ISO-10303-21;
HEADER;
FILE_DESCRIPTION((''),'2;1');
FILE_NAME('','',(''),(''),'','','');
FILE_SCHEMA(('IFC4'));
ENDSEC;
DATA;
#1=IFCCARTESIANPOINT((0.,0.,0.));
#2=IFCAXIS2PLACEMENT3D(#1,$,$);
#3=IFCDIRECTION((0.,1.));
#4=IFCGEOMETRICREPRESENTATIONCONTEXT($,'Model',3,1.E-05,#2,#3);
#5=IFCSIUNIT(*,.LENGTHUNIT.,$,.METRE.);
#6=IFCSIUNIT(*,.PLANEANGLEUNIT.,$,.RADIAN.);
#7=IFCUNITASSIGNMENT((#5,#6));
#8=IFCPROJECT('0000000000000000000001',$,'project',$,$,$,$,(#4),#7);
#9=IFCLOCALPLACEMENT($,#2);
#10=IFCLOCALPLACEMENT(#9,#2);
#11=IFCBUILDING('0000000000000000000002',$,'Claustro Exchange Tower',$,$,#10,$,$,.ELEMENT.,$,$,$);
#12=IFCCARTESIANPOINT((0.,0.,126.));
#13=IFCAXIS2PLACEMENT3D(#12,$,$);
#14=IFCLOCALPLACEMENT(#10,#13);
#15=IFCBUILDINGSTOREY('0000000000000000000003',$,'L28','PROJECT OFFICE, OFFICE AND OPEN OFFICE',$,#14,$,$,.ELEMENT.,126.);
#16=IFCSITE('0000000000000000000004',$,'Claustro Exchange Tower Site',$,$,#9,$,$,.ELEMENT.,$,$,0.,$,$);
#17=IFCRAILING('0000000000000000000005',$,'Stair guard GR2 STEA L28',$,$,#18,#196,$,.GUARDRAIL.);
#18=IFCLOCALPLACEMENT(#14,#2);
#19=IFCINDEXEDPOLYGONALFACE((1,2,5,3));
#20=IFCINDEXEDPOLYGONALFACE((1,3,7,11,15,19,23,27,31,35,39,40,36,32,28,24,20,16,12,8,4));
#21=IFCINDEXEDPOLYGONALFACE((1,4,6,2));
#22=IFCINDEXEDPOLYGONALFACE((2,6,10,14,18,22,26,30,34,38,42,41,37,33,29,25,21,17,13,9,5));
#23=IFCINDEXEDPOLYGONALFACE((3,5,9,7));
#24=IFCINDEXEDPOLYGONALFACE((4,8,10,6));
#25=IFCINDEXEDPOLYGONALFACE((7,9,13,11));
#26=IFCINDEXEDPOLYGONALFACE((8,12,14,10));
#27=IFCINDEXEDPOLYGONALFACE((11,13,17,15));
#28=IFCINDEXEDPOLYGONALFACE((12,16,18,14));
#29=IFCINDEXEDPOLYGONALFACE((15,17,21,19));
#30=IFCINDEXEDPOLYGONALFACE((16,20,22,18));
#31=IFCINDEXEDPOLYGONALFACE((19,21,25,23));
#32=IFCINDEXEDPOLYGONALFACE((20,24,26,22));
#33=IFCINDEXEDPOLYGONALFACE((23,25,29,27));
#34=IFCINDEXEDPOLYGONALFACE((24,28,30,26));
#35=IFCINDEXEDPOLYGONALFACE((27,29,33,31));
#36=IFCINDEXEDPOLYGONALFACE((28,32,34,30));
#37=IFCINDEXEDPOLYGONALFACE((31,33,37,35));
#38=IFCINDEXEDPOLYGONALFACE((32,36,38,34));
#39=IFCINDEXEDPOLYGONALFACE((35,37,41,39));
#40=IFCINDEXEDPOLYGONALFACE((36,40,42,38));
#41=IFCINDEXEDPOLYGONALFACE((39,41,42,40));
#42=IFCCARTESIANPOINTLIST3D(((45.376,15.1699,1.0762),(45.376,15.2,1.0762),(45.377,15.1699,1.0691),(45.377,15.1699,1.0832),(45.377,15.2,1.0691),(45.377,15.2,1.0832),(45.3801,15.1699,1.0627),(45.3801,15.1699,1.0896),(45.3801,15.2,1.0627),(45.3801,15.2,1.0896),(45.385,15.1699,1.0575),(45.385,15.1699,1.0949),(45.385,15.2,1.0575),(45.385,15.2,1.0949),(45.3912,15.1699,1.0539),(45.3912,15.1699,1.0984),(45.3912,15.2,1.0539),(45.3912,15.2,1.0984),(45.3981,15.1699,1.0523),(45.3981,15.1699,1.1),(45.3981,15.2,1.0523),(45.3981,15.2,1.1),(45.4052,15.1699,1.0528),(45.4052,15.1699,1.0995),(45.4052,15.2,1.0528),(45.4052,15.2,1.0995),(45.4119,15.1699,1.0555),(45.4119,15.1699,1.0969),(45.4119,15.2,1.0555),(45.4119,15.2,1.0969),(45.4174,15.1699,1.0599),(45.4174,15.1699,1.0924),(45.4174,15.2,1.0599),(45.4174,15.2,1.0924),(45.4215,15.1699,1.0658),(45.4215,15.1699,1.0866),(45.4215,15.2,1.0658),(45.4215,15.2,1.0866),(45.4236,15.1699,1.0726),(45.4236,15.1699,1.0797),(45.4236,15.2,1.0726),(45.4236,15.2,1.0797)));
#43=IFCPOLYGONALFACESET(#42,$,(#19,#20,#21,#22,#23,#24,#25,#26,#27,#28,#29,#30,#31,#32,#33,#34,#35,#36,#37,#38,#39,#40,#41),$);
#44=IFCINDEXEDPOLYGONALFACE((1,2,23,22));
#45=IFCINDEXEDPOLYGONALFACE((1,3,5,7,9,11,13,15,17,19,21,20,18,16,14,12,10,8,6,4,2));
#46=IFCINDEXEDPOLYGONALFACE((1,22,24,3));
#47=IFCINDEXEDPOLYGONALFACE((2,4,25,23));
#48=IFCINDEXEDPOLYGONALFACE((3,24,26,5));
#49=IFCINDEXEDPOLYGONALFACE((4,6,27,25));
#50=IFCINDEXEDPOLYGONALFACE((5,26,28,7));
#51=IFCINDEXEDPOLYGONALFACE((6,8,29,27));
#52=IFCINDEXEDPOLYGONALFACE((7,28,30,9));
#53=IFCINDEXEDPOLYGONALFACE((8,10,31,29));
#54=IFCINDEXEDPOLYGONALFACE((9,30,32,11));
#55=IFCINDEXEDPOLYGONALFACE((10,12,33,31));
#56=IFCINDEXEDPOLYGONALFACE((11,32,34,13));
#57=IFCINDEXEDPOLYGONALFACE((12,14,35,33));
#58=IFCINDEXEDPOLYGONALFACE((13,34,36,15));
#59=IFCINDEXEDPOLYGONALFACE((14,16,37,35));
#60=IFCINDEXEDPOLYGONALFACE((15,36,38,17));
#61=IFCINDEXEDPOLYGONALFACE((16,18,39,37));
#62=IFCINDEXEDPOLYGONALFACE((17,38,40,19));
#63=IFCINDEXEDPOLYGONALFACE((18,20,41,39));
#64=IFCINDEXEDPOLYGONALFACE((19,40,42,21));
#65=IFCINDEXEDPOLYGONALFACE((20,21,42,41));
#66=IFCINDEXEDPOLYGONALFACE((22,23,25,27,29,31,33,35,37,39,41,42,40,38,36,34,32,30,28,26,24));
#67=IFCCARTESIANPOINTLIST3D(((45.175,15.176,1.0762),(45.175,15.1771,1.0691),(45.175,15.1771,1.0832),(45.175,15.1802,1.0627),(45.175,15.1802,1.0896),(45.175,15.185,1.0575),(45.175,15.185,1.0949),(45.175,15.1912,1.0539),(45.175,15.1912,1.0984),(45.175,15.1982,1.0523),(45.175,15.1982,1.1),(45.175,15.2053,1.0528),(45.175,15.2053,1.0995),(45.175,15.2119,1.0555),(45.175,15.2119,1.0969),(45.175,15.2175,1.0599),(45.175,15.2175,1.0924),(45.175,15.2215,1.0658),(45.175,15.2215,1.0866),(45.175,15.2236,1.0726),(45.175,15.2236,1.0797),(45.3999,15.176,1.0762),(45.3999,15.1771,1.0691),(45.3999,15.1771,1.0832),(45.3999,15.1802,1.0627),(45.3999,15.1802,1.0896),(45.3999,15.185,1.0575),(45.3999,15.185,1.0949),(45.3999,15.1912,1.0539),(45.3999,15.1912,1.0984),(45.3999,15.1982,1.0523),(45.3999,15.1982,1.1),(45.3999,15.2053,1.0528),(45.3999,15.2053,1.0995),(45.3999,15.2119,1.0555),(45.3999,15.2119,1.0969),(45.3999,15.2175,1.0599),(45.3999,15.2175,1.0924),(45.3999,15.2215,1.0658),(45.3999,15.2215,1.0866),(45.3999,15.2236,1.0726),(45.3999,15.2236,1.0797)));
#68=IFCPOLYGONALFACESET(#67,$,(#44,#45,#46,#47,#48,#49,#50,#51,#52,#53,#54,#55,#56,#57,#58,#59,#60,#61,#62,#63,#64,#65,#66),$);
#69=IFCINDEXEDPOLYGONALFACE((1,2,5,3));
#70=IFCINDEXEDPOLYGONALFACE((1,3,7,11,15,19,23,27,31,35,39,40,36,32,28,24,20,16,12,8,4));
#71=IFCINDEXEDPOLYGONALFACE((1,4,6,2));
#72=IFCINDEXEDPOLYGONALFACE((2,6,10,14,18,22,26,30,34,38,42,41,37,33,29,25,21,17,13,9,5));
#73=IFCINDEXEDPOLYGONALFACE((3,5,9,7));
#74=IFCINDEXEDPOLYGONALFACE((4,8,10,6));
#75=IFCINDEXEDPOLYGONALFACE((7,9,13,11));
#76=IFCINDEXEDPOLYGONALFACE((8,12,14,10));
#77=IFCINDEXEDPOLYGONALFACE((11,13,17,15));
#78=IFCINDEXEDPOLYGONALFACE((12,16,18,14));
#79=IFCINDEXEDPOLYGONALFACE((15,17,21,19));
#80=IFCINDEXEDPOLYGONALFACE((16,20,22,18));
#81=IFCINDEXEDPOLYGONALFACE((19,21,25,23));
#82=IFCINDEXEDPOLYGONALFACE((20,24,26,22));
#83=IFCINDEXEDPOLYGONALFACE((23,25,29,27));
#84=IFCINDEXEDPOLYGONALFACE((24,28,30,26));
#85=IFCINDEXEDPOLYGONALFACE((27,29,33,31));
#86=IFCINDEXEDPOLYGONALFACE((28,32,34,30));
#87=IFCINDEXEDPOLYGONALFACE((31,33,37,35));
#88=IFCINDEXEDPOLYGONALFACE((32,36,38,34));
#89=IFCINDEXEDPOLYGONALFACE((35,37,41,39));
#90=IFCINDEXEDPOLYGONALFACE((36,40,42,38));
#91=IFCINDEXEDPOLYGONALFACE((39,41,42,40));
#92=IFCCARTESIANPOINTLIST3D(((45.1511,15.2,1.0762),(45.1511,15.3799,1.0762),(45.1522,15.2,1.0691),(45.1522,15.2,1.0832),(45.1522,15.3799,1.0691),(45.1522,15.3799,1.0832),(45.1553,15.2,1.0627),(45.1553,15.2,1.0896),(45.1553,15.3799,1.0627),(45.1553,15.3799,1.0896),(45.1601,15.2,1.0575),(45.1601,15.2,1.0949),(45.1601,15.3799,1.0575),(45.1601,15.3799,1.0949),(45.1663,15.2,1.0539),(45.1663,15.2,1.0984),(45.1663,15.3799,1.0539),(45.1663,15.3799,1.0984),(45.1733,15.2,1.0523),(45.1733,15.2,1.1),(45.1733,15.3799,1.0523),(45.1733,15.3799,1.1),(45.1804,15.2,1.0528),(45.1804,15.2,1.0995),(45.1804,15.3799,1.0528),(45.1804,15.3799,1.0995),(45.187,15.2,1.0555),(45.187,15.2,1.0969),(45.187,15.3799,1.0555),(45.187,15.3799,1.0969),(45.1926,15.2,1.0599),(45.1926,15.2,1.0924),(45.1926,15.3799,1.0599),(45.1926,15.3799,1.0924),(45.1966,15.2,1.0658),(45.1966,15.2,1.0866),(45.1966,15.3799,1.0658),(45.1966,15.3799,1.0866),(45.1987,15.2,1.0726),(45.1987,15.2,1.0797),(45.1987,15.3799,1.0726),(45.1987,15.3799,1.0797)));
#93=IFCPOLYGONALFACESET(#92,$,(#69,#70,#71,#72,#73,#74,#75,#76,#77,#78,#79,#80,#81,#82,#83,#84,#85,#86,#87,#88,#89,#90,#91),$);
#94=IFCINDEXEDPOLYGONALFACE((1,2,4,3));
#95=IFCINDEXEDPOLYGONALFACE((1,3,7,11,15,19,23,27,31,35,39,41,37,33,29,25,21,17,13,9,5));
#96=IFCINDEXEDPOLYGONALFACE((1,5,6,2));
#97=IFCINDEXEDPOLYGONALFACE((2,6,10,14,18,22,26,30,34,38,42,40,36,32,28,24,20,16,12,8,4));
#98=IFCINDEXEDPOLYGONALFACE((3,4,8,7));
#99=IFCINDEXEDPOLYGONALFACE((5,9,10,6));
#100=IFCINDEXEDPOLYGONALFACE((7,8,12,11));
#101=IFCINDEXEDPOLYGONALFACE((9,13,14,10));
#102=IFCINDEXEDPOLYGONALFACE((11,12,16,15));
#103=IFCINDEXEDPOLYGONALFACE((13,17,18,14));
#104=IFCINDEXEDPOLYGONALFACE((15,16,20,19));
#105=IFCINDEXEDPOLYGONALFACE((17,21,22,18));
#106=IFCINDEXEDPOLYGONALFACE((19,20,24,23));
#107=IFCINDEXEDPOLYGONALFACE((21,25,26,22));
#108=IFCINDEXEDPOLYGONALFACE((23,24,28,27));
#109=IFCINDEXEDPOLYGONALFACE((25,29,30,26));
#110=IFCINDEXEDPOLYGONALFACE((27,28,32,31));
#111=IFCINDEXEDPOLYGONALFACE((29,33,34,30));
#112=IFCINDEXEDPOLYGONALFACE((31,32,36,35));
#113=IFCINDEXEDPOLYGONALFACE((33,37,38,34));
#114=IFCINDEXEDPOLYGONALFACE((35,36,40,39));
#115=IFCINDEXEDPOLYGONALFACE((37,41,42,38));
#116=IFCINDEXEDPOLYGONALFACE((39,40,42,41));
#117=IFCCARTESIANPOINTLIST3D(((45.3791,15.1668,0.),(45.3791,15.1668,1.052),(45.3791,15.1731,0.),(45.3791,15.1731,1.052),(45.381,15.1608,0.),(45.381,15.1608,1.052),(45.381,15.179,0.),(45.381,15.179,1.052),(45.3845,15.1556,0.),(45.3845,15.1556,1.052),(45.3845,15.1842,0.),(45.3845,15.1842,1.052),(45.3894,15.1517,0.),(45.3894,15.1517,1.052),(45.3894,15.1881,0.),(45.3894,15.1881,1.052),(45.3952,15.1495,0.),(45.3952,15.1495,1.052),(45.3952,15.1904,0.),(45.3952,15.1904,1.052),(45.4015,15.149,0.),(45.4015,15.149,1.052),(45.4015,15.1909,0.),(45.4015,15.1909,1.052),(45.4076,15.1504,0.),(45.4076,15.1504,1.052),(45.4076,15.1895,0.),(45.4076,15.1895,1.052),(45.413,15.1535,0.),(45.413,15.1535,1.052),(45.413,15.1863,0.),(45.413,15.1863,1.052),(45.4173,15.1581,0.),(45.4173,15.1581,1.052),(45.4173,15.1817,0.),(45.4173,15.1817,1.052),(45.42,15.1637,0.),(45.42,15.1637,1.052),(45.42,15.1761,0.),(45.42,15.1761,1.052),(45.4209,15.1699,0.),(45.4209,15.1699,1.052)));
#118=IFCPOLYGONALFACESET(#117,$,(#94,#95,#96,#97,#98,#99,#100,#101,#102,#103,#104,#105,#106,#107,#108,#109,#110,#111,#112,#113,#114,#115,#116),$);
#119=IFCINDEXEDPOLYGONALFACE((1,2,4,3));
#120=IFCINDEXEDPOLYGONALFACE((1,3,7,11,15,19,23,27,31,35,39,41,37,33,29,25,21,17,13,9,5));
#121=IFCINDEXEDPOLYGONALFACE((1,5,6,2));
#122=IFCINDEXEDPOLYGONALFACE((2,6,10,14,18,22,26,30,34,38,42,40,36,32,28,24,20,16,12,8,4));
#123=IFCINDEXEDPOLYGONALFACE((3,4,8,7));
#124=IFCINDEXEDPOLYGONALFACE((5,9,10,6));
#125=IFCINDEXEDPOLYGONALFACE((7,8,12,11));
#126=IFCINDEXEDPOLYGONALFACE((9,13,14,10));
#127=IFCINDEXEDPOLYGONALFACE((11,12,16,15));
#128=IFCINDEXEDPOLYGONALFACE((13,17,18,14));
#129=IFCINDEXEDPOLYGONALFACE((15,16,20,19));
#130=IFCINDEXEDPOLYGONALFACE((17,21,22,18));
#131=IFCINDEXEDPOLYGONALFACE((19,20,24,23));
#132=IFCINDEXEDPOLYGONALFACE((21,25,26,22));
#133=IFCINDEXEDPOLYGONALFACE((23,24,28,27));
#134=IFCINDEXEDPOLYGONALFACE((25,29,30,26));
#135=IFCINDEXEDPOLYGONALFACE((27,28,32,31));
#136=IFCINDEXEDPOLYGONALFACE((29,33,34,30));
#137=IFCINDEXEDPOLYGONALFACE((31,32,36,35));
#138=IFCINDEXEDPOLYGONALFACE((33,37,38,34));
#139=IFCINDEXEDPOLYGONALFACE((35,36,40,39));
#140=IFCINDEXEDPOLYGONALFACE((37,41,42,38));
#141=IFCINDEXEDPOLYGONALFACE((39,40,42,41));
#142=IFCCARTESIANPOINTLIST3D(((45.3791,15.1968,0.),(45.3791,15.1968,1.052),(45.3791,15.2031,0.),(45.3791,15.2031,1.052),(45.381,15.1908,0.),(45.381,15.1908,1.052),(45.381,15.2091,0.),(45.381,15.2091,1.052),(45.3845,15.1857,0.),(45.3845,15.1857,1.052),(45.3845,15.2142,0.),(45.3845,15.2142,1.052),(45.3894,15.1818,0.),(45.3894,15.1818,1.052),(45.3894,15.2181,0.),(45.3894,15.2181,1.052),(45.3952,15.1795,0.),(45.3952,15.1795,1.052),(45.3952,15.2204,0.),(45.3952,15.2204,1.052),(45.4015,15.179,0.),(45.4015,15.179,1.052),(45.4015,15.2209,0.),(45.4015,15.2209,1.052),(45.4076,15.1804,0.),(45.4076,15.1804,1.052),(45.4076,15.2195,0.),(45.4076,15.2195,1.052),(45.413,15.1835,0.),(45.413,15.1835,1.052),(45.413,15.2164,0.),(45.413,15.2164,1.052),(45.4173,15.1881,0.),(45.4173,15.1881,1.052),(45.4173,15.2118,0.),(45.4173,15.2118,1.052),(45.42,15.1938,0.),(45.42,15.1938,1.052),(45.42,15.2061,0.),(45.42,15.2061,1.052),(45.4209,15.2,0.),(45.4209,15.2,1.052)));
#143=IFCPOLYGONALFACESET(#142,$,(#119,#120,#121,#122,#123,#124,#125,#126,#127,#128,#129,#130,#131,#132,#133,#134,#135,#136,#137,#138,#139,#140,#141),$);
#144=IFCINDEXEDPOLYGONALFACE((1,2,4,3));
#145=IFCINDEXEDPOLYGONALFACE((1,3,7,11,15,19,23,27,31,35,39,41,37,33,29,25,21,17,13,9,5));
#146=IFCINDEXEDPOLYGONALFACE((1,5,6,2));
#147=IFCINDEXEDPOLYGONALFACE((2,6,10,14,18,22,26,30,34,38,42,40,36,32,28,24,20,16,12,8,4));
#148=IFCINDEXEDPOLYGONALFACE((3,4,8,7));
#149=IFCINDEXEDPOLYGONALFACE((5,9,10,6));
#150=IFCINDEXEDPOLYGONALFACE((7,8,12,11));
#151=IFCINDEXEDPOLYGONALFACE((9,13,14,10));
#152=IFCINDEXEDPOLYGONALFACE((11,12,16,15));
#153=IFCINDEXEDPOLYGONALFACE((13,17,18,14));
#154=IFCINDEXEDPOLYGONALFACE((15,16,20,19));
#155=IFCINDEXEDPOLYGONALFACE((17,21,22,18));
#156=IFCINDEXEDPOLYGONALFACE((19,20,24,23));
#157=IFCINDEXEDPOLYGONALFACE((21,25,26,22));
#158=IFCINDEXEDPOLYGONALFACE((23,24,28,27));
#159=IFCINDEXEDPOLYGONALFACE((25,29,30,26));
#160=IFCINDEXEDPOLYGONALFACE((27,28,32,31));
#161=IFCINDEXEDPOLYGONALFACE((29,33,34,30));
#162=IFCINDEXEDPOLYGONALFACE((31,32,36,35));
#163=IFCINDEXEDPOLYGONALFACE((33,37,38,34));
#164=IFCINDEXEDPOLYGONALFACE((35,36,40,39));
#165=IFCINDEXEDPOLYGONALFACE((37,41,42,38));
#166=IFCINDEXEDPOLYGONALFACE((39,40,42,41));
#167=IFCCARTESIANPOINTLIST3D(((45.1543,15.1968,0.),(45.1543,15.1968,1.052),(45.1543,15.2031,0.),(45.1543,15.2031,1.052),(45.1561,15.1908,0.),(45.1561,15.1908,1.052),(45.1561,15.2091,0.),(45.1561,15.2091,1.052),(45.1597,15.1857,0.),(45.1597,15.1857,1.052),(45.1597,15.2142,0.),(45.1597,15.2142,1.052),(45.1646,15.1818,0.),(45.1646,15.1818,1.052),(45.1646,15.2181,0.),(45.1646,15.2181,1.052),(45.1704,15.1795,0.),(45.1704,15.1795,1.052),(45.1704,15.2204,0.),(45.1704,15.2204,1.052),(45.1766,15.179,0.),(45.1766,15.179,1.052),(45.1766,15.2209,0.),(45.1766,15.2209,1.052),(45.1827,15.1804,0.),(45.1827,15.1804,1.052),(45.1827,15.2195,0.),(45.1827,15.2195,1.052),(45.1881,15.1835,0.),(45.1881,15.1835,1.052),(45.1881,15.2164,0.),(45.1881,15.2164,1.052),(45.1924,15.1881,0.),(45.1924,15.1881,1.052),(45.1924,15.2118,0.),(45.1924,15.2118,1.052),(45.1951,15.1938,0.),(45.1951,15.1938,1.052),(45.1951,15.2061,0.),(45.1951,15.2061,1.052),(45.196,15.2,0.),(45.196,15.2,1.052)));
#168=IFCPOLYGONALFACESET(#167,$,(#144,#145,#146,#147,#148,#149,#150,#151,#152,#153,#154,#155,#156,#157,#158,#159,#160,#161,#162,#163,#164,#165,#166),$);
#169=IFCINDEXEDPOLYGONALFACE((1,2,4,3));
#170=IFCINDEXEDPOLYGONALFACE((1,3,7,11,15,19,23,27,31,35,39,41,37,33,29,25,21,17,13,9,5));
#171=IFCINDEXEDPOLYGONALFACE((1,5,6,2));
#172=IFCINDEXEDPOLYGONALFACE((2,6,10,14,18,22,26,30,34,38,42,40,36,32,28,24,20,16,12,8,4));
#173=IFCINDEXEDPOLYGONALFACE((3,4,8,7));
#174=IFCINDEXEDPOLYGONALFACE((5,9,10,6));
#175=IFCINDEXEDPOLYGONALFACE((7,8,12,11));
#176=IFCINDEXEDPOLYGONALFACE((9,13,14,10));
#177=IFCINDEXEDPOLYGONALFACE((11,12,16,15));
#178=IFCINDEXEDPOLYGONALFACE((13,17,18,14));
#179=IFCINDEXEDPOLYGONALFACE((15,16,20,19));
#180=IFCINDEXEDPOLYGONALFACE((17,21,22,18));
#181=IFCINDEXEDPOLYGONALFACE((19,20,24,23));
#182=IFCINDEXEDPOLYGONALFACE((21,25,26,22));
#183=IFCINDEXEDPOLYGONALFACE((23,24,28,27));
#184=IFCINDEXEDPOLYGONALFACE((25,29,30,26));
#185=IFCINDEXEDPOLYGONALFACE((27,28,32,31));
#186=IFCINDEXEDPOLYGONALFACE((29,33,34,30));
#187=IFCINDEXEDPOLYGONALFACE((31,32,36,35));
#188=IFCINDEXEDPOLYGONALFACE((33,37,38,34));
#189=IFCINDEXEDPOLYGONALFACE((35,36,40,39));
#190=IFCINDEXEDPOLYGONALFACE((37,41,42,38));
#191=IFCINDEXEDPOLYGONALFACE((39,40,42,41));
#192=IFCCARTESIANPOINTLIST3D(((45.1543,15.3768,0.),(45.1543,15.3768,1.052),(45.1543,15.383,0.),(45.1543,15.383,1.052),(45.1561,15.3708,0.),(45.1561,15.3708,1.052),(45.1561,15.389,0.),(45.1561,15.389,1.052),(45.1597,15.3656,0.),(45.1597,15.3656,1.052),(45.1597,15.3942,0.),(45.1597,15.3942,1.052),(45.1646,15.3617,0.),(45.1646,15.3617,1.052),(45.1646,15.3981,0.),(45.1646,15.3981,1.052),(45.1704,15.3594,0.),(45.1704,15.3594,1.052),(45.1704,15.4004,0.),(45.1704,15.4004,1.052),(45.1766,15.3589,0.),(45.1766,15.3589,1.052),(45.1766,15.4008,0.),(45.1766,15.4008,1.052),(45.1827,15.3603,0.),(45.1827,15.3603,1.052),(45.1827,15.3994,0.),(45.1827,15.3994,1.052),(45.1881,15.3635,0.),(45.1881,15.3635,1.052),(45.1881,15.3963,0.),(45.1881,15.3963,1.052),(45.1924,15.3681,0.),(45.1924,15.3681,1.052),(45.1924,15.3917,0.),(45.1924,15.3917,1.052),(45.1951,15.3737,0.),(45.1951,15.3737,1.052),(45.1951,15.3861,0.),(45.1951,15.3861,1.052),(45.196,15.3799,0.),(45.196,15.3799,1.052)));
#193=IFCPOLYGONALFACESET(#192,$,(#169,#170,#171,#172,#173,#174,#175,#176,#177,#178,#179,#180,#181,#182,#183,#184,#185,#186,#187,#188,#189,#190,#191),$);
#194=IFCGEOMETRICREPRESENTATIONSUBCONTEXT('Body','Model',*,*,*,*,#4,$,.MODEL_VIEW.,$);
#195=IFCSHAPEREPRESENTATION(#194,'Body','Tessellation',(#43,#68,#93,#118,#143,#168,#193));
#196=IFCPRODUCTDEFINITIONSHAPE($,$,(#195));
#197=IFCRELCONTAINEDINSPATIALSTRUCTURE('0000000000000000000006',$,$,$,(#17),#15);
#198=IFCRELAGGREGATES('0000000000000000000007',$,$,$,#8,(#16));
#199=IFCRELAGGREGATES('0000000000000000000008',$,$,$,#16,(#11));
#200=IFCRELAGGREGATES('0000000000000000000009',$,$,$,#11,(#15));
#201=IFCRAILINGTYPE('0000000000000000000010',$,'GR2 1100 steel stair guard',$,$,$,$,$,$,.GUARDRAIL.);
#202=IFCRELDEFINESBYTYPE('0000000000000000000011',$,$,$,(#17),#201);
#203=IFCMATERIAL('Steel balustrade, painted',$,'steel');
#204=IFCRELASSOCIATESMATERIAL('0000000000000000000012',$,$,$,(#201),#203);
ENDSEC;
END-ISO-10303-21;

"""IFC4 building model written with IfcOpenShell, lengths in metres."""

from ifc_helpers import new_model, si_unit, direction, frame, origin, origin_2d, place, context, subcontext, project, spatial, circle, extrude, material, type_object, element, save


model = new_model("IFC4")

# Units and contexts
model_context = context("Model", 3, precision=1e-05, world=origin(), true_north=direction((0.0, 1.0)))
body_context = subcontext(model_context, "Body", "Model", "MODEL_VIEW")
ifc_project = project(units=[si_unit("LENGTHUNIT", "METRE"), si_unit("PLANEANGLEUNIT", "RADIAN")], contexts=[model_context])

# Site, building, storey
site_placement = place(None, origin())
site = spatial("IfcSite", under=ifc_project, at=site_placement, Name="Claustro Exchange Tower Site", CompositionType="ELEMENT", RefElevation=0.0)
building_placement = place(site_placement, origin())
building = spatial("IfcBuilding", under=site, at=building_placement, Name="Claustro Exchange Tower", CompositionType="ELEMENT")
storey_placement = place(building_placement, frame((0.0, 0.0, 126.0)))
storey = spatial("IfcBuildingStorey", under=building, at=storey_placement, Name="L28", Description="PROJECT OFFICE, OFFICE AND OPEN OFFICE", CompositionType="ELEMENT", Elevation=126.0)

# Railing
ifc_material_1 = material(Name="Steel balustrade, painted", Category="steel")
railing_type_1 = type_object("IfcRailingType", Name="GR2 1100 steel stair guard", PredefinedType="GUARDRAIL", material=ifc_material_1)
railing_1_placement = place(storey_placement, frame((45.3999, 15.1699, 0.0)))
element("IfcRailing", 1, at=railing_1_placement, inside=storey, type_object=railing_type_1, Name="Stair guard GR2 STEA L28", PredefinedType="GUARDRAIL", context=body_context, shape_type="SweptSolid", body=[
    extrude(circle(Radius=0.0239, at=origin_2d()), frame((0.0, 0.0, 1.0762), z_axis=(0.0, 1.0, 0.0), x_axis=(-1.0, 0.0, 0.0)), (0.0, 0.0, 1.0), 0.03),
    extrude(circle(Radius=0.0239, at=origin_2d()), frame((0.0, 0.03, 1.0762), z_axis=(-1.0, 0.0, 0.0), x_axis=(0.0, -1.0, 0.0)), (0.0, 0.0, 1.0), 0.2249),
    extrude(circle(Radius=0.0239, at=origin_2d()), frame((-0.2249, 0.03, 1.0762), z_axis=(0.0, 1.0, 0.0), x_axis=(-1.0, 0.0, 0.0)), (0.0, 0.0, 1.0), 0.1799),
    extrude(circle(Radius=0.021, at=origin_2d()), origin(), (0.0, 0.0, 1.0), 1.052),
    extrude(circle(Radius=0.021, at=origin_2d()), frame((0.0, 0.03, 0.0)), (0.0, 0.0, 1.0), 1.052),
    extrude(circle(Radius=0.021, at=origin_2d()), frame((-0.2249, 0.03, 0.0)), (0.0, 0.0, 1.0), 1.052),
    extrude(circle(Radius=0.021, at=origin_2d()), frame((-0.2249, 0.21, 0.0)), (0.0, 0.0, 1.0), 1.052),
])

save(model, "model.ifc")
